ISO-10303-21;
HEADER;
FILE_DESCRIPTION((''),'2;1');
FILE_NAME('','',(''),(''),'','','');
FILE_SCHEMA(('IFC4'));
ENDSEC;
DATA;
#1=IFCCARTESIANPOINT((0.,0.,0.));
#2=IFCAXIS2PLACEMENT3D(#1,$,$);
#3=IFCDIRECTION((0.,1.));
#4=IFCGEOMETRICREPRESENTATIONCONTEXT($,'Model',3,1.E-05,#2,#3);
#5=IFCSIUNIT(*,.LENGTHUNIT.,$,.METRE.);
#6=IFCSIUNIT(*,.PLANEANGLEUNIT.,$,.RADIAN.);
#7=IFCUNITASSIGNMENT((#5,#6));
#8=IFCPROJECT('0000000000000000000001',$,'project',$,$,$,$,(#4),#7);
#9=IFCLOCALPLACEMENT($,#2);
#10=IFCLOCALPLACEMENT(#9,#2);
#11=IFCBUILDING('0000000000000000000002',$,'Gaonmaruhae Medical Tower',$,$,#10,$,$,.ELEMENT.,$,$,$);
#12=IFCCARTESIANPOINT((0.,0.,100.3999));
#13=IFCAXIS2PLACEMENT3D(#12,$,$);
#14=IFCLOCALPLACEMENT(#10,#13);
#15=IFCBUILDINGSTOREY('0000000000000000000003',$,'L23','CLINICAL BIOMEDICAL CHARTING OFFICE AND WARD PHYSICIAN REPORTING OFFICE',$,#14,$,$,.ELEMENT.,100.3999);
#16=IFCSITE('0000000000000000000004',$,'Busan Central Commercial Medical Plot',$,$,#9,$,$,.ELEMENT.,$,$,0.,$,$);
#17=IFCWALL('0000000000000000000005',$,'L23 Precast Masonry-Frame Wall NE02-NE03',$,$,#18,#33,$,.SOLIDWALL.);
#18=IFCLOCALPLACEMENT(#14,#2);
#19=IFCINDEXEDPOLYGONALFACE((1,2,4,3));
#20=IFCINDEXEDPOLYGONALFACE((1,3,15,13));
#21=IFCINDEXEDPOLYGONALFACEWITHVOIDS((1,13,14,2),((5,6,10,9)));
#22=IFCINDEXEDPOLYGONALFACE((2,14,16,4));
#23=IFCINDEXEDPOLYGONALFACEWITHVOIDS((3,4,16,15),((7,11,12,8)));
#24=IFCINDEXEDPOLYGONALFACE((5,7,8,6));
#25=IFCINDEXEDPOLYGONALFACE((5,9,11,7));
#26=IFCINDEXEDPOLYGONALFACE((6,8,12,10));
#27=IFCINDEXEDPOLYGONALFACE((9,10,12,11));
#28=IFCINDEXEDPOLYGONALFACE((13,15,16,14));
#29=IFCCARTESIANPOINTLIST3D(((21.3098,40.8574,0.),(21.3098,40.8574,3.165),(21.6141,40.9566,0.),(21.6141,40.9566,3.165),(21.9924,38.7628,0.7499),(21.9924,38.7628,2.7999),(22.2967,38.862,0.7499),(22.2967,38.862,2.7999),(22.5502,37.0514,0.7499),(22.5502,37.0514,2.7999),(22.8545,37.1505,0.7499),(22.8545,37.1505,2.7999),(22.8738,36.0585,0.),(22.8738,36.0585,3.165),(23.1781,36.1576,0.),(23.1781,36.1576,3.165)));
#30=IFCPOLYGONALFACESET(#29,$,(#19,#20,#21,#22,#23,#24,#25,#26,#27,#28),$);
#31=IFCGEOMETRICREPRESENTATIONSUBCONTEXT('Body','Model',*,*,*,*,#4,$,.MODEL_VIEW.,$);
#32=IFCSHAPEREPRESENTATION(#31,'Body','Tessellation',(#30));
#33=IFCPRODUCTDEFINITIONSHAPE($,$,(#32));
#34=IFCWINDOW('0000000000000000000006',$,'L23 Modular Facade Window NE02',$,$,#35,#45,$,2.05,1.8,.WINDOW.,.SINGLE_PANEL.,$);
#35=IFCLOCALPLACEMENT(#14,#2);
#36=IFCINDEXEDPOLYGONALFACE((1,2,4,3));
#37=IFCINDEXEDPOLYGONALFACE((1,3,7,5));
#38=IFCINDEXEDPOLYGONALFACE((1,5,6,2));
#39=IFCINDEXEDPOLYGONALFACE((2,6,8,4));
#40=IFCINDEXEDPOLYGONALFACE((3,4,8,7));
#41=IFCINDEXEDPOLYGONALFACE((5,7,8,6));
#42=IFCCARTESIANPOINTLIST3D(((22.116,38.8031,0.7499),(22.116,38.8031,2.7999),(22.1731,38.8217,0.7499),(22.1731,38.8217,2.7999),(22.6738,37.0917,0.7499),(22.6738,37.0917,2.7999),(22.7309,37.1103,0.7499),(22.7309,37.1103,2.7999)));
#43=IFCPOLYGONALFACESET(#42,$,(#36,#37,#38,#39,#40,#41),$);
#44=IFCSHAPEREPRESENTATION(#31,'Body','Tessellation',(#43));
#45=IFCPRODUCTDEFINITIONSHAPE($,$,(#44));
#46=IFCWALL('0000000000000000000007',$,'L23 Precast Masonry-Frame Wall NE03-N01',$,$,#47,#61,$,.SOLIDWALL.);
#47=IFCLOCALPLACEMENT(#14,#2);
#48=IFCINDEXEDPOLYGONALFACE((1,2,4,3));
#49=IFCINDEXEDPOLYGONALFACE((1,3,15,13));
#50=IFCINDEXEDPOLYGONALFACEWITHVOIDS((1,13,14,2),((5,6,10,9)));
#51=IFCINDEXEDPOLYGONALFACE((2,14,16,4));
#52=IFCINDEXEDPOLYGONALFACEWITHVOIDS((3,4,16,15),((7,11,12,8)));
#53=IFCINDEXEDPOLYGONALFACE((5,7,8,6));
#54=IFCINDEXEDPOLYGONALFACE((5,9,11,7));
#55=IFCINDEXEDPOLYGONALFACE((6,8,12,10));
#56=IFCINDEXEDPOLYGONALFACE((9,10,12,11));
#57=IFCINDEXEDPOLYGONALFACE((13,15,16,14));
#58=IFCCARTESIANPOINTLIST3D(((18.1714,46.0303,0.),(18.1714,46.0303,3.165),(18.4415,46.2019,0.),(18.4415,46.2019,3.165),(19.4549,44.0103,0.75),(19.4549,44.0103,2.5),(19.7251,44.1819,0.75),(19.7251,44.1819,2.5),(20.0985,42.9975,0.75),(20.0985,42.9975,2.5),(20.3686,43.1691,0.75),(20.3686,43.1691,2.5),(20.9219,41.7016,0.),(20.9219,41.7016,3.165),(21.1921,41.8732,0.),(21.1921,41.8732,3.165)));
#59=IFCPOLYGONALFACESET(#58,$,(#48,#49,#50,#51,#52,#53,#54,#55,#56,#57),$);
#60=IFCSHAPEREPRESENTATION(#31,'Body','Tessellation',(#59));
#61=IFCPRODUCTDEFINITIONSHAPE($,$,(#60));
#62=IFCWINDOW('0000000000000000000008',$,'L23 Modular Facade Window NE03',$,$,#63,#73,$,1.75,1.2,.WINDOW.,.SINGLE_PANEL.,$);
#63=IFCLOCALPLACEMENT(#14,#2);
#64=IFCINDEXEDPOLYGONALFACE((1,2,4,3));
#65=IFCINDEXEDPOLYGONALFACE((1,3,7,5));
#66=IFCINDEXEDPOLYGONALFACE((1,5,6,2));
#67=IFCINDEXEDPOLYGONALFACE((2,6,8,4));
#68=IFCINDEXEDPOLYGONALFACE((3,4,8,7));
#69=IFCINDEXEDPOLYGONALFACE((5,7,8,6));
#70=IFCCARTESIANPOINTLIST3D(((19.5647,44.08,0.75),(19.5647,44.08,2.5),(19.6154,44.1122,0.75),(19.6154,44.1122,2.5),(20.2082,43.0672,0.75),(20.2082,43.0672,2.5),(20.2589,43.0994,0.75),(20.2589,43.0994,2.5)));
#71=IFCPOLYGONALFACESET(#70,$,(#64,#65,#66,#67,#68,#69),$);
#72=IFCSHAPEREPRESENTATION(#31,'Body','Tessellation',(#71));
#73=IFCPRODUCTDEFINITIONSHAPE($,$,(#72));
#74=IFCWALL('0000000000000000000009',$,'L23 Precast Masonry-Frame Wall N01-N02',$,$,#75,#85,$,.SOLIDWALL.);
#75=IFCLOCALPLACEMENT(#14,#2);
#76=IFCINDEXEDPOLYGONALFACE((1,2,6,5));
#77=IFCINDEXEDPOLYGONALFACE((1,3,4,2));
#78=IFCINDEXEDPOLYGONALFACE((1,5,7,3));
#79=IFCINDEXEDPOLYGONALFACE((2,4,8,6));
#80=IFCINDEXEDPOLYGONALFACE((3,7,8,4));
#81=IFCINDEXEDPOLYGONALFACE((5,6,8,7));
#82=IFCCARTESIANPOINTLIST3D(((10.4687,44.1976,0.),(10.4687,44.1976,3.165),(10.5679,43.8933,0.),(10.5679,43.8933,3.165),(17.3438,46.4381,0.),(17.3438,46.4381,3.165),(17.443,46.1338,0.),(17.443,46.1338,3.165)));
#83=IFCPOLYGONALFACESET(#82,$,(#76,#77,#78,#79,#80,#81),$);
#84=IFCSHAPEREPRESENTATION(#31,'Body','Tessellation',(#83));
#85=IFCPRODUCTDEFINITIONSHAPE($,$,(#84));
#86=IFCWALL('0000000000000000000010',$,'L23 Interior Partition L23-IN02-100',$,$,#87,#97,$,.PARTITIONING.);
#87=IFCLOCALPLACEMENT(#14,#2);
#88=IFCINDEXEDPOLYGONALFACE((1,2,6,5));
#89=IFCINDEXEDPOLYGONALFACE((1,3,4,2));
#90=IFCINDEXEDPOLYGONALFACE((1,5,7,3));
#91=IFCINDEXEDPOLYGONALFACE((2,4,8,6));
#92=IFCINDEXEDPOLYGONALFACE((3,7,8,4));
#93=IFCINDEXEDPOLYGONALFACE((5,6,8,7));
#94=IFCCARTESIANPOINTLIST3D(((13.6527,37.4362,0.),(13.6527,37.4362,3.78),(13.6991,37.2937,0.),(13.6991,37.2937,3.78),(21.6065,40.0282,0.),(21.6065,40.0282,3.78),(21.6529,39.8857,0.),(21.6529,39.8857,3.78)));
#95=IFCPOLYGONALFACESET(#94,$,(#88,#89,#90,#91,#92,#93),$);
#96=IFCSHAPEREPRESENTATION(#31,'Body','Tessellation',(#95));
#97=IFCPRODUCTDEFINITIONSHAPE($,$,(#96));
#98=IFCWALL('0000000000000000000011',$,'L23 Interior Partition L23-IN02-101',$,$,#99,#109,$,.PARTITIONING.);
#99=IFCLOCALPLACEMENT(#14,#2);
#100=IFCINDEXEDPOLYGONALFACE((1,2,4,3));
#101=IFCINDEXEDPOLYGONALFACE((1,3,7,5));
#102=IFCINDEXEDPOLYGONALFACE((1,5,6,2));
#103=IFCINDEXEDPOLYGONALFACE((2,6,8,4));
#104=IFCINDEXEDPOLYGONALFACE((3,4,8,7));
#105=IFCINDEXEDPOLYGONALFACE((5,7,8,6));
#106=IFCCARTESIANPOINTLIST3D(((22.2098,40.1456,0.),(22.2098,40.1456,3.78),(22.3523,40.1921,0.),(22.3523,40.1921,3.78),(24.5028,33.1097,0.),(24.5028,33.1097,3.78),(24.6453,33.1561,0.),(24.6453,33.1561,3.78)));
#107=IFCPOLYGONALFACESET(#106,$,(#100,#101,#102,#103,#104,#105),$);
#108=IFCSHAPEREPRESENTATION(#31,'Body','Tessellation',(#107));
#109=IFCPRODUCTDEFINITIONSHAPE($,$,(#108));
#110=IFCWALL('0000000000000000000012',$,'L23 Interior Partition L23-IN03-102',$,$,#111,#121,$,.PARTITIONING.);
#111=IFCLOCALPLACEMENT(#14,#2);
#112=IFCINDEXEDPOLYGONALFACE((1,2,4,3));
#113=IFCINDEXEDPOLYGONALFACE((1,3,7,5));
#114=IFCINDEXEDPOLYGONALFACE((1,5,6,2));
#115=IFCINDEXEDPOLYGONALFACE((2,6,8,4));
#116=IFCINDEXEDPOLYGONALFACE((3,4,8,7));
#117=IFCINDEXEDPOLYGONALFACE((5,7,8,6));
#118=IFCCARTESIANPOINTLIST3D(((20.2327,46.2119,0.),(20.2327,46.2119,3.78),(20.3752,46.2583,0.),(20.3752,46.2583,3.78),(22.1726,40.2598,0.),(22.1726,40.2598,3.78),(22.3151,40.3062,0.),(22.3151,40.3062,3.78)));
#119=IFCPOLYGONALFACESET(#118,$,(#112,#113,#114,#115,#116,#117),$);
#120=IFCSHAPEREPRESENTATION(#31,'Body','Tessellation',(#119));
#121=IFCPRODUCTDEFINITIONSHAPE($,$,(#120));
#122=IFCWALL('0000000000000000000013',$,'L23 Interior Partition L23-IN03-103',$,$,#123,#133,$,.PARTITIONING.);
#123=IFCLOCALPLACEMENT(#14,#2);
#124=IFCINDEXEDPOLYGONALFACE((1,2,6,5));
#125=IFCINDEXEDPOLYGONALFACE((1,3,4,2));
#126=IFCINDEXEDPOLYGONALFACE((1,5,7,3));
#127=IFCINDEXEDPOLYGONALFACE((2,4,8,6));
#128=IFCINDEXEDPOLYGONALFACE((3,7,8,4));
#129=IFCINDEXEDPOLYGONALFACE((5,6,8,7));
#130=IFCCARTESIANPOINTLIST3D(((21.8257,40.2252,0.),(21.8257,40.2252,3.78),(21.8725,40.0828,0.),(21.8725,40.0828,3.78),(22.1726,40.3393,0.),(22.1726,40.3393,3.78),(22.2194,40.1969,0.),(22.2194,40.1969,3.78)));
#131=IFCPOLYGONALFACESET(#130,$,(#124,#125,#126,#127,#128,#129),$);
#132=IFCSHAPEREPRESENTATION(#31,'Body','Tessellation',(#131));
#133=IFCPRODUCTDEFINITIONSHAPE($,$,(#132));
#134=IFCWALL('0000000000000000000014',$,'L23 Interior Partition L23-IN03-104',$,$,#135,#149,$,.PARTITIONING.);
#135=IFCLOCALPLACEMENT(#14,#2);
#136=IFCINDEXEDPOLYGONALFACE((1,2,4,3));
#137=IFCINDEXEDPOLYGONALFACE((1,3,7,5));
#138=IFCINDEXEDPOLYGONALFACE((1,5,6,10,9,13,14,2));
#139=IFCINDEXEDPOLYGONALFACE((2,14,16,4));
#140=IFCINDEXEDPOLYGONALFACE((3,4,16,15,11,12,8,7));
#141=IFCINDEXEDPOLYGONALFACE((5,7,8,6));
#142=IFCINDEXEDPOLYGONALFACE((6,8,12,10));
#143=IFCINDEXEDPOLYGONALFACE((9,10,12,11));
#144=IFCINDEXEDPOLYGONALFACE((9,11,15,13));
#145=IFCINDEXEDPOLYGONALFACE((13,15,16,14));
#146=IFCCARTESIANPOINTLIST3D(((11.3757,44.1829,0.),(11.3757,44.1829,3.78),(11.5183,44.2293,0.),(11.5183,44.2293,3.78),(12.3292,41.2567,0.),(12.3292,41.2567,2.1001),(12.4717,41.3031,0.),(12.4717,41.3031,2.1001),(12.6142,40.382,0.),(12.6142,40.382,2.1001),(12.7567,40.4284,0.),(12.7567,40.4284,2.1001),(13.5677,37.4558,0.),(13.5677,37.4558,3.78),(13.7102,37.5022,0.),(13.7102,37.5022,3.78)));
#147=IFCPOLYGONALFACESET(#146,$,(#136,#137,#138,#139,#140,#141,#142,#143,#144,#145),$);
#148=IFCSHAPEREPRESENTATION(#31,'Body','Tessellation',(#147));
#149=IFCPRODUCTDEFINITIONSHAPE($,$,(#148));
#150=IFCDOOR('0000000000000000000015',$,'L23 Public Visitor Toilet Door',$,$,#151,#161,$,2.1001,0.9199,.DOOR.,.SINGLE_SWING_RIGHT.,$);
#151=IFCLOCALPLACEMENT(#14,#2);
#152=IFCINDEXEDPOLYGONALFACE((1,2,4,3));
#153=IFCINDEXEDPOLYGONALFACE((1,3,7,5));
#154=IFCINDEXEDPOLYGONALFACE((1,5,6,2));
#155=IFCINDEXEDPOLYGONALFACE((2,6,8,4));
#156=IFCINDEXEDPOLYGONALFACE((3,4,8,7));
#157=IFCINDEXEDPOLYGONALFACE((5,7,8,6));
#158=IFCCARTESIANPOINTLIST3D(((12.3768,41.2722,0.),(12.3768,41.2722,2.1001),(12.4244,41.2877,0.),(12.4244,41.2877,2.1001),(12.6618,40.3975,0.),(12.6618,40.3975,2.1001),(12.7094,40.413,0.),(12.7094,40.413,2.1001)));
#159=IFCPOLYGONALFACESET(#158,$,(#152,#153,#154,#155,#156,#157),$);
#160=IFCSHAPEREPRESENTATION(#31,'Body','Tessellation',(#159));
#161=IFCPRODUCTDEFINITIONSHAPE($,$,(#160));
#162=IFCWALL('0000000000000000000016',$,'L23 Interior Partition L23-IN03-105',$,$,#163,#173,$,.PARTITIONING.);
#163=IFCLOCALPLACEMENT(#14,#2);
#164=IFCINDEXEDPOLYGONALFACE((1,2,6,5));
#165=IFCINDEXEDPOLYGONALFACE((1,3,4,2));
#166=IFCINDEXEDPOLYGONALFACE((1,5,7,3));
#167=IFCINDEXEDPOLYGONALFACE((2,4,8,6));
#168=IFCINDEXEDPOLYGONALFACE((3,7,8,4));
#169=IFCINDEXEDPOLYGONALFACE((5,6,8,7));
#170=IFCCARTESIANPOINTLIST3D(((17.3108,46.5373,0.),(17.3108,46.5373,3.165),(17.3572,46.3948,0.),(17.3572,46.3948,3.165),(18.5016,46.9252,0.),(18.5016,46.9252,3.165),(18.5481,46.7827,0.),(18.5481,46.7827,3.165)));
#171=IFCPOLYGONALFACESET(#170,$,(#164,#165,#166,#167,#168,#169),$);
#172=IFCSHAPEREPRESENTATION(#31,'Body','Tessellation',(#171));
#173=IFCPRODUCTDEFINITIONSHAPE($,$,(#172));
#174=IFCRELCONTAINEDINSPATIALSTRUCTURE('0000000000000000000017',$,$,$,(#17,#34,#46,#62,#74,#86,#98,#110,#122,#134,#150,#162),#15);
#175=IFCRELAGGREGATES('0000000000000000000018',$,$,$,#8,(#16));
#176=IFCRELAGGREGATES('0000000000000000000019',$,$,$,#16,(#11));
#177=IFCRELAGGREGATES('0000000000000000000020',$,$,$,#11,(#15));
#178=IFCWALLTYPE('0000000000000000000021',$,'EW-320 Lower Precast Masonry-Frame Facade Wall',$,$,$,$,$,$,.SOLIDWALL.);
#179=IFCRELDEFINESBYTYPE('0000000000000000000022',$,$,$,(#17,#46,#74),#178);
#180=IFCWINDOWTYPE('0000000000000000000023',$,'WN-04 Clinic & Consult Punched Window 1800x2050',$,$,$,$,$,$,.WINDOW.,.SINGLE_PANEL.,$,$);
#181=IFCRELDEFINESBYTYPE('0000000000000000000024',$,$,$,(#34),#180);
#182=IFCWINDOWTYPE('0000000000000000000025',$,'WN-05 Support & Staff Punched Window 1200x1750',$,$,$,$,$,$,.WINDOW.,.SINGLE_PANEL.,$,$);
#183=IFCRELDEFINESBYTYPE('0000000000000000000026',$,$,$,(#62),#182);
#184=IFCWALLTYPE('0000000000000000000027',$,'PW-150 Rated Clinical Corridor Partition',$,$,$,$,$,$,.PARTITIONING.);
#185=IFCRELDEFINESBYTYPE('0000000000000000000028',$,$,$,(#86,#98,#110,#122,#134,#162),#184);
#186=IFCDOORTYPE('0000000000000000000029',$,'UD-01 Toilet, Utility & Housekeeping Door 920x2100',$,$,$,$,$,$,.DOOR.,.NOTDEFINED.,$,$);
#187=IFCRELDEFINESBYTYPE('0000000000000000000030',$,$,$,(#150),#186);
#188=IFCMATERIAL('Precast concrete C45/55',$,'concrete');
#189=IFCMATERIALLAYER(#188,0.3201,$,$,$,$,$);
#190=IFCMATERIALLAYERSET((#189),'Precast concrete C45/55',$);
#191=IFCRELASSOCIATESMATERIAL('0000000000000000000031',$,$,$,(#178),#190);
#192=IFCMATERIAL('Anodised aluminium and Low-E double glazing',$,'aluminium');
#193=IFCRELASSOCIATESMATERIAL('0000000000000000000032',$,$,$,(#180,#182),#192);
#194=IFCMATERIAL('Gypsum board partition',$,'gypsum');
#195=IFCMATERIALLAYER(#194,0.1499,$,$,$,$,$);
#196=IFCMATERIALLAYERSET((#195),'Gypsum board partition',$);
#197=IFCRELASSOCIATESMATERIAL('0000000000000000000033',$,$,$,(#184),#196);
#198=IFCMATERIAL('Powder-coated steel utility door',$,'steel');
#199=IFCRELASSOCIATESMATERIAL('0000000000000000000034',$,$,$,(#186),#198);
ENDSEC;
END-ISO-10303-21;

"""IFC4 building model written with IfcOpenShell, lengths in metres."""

from ifc_helpers import new_model, si_unit, direction, frame, frame_2d, origin, place, context, subcontext, project, spatial, rectangle, extrude, material, layer, layer_set, type_object, element, fill, save


model = new_model("IFC4")

# Units and contexts
model_context = context("Model", 3, precision=1e-05, world=origin(), true_north=direction((0.0, 1.0)))
body_context = subcontext(model_context, "Body", "Model", "MODEL_VIEW")
ifc_project = project(units=[si_unit("LENGTHUNIT", "METRE"), si_unit("PLANEANGLEUNIT", "RADIAN")], contexts=[model_context])

# Site, building, storey
site_placement = place(None, origin())
site = spatial("IfcSite", under=ifc_project, at=site_placement, Name="Busan Central Commercial Medical Plot", CompositionType="ELEMENT", RefElevation=0.0)
building_placement = place(site_placement, origin())
building = spatial("IfcBuilding", under=site, at=building_placement, Name="Gaonmaruhae Medical Tower", CompositionType="ELEMENT")
storey_placement = place(building_placement, frame((0.0, 0.0, 100.3999)))
storey = spatial("IfcBuildingStorey", under=building, at=storey_placement, Name="L23", Description="CLINICAL BIOMEDICAL CHARTING OFFICE AND WARD PHYSICIAN REPORTING OFFICE", CompositionType="ELEMENT", Elevation=100.3999)

# Walls, openings, windows
ifc_material_1 = material(Name="Precast concrete C45/55", Category="concrete")
ifc_layer_1 = layer(ifc_material_1, 0.3201)
ifc_layer_set_1 = layer_set([ifc_layer_1], Name="Precast concrete C45/55")
wall_type_1 = type_object("IfcWallType", Name="EW-320 Lower Precast Masonry-Frame Facade Wall", PredefinedType="SOLIDWALL", material=ifc_layer_set_1)
wall_1_placement = place(storey_placement, frame((21.4619, 40.907, 0.0), z_axis=(0.0, 0.0, 1.0), x_axis=(0.309865, -0.950781, 0.0)))
wall_1 = element("IfcWall", 1, at=wall_1_placement, inside=storey, type_object=wall_type_1, Name="L23 Precast Masonry-Frame Wall NE02-NE03", PredefinedType="SOLIDWALL", context=body_context, shape_type="SweptSolid", body=[
    extrude(rectangle(XDim=5.0474, YDim=0.3201, at=frame_2d((2.5237, 0.0))), origin(), (0.0, 0.0, 1.0), 3.165),
])
opening_1_placement = place(wall_1_placement, frame((2.2031, 0.0, 0.75)))
opening_1 = element("IfcOpeningElement", 2, at=opening_1_placement, cuts=wall_1, PredefinedType="OPENING", context=body_context, shape_type="SweptSolid", body=[
    extrude(rectangle(XDim=1.8, YDim=2.05, at=frame_2d((0.8999, 1.0249))), frame((0.0, 0.1699, 0.0), z_axis=(0.0, -1.0, 0.0), x_axis=(1.0, 0.0, 0.0)), (0.0, 0.0, 1.0), 0.3401),
])
ifc_material_2 = material(Name="Anodised aluminium and Low-E double glazing", Category="aluminium")
window_type_1 = type_object("IfcWindowType", Name="WN-04 Clinic & Consult Punched Window 1800x2050", PartitioningType="SINGLE_PANEL", PredefinedType="WINDOW", material=ifc_material_2)
window_1_placement = place(opening_1_placement, origin())
window_1 = element("IfcWindow", 3, at=window_1_placement, inside=storey, type_object=window_type_1, Name="L23 Modular Facade Window NE02", OverallHeight=2.05, OverallWidth=1.8, PartitioningType="SINGLE_PANEL", PredefinedType="WINDOW", context=body_context, shape_type="SweptSolid", body=[
    extrude(rectangle(XDim=1.8, YDim=2.05, at=frame_2d((0.8999, 1.0249))), frame((0.0, 0.03, 0.0), z_axis=(0.0, -1.0, 0.0), x_axis=(1.0, 0.0, 0.0)), (0.0, 0.0, 1.0), 0.0601),
])
fill(opening_1, window_1)
wall_2_placement = place(storey_placement, frame((18.3064, 46.1162, 0.0), z_axis=(0.0, 0.0, 1.0), x_axis=(0.536309, -0.844022, 0.0)))
wall_2 = element("IfcWall", 4, at=wall_2_placement, inside=storey, type_object=wall_type_1, Name="L23 Precast Masonry-Frame Wall NE03-N01", PredefinedType="SOLIDWALL", context=body_context, shape_type="SweptSolid", body=[
    extrude(rectangle(XDim=5.1287, YDim=0.3201, at=frame_2d((2.5645, 0.0))), origin(), (0.0, 0.0, 1.0), 3.165),
])
opening_2_placement = place(wall_2_placement, frame((2.3933, 0.0, 0.75)))
opening_2 = element("IfcOpeningElement", 5, at=opening_2_placement, cuts=wall_2, PredefinedType="OPENING", context=body_context, shape_type="SweptSolid", body=[
    extrude(rectangle(XDim=1.2, YDim=1.75, at=frame_2d((0.6001, 0.875))), frame((0.0, 0.1699, 0.0), z_axis=(0.0, -1.0, 0.0), x_axis=(1.0, 0.0, 0.0)), (0.0, 0.0, 1.0), 0.3401),
])
window_type_2 = type_object("IfcWindowType", Name="WN-05 Support & Staff Punched Window 1200x1750", PartitioningType="SINGLE_PANEL", PredefinedType="WINDOW", material=ifc_material_2)
window_2_placement = place(opening_2_placement, origin())
window_2 = element("IfcWindow", 6, at=window_2_placement, inside=storey, type_object=window_type_2, Name="L23 Modular Facade Window NE03", OverallHeight=1.75, OverallWidth=1.2, PartitioningType="SINGLE_PANEL", PredefinedType="WINDOW", context=body_context, shape_type="SweptSolid", body=[
    extrude(rectangle(XDim=1.2, YDim=1.75, at=frame_2d((0.6001, 0.875))), frame((0.0, 0.03, 0.0), z_axis=(0.0, -1.0, 0.0), x_axis=(1.0, 0.0, 0.0)), (0.0, 0.0, 1.0), 0.0601),
])
fill(opening_2, window_2)

# Walls
wall_3_placement = place(storey_placement, frame((10.5183, 44.0454, 0.0), z_axis=(0.0, 0.0, 1.0), x_axis=(0.950786, 0.309849, 0.0)))
element("IfcWall", 7, at=wall_3_placement, inside=storey, type_object=wall_type_1, Name="L23 Precast Masonry-Frame Wall N01-N02", PredefinedType="SOLIDWALL", context=body_context, shape_type="SweptSolid", body=[
    extrude(rectangle(XDim=7.231, YDim=0.3201, at=frame_2d((3.6155, 0.0))), origin(), (0.0, 0.0, 1.0), 3.165),
])
ifc_material_3 = material(Name="Gypsum board partition", Category="gypsum")
ifc_layer_2 = layer(ifc_material_3, 0.1499)
ifc_layer_set_2 = layer_set([ifc_layer_2], Name="Gypsum board partition")
wall_type_2 = type_object("IfcWallType", Name="PW-150 Rated Clinical Corridor Partition", PredefinedType="PARTITIONING", material=ifc_layer_set_2)
wall_4_placement = place(storey_placement, frame((13.676, 37.365, 0.0), z_axis=(0.0, 0.0, 1.0), x_axis=(0.950786, 0.309847, 0.0)))
element("IfcWall", 8, at=wall_4_placement, inside=storey, type_object=wall_type_2, Name="L23 Interior Partition L23-IN02-100", PredefinedType="PARTITIONING", context=body_context, shape_type="SweptSolid", body=[
    extrude(rectangle(XDim=8.3655, YDim=0.1499, at=frame_2d((4.1826, 0.0))), origin(), (0.0, 0.0, 1.0), 3.78),
])
wall_5_placement = place(storey_placement, frame((22.281, 40.1689, 0.0), z_axis=(0.0, 0.0, 1.0), x_axis=(0.309857, -0.950783, 0.0)))
element("IfcWall", 9, at=wall_5_placement, inside=storey, type_object=wall_type_2, Name="L23 Interior Partition L23-IN02-101", PredefinedType="PARTITIONING", context=body_context, shape_type="SweptSolid", body=[
    extrude(rectangle(XDim=7.4001, YDim=0.1499, at=frame_2d((3.7002, 0.0))), origin(), (0.0, 0.0, 1.0), 3.78),
])
wall_6_placement = place(storey_placement, frame((20.304, 46.2351, 0.0), z_axis=(0.0, 0.0, 1.0), x_axis=(0.30988, -0.950776, 0.0)))
element("IfcWall", 10, at=wall_6_placement, inside=storey, type_object=wall_type_2, Name="L23 Interior Partition L23-IN03-102", PredefinedType="PARTITIONING", context=body_context, shape_type="SweptSolid", body=[
    extrude(rectangle(XDim=6.2603, YDim=0.1499, at=frame_2d((3.1301, 0.0))), origin(), (0.0, 0.0, 1.0), 3.78),
])
wall_7_placement = place(storey_placement, frame((22.196, 40.2681, 0.0), z_axis=(0.0, 0.0, 1.0), x_axis=(-0.950012, -0.312214, 0.0)))
element("IfcWall", 11, at=wall_7_placement, inside=storey, type_object=wall_type_2, Name="L23 Interior Partition L23-IN03-103", PredefinedType="PARTITIONING", context=body_context, shape_type="SweptSolid", body=[
    extrude(rectangle(XDim=0.3652, YDim=0.1499, at=frame_2d((0.1826, 0.0))), origin(), (0.0, 0.0, 1.0), 3.78),
])

# Wall, opening, door
wall_8_placement = place(storey_placement, frame((13.6389, 37.479, 0.0), z_axis=(0.0, 0.0, 1.0), x_axis=(-0.309802, 0.950801, 0.0)))
wall_8 = element("IfcWall", 12, at=wall_8_placement, inside=storey, type_object=wall_type_2, Name="L23 Interior Partition L23-IN03-104", PredefinedType="PARTITIONING", context=body_context, shape_type="SweptSolid", body=[
    extrude(rectangle(XDim=7.0752, YDim=0.1499, at=frame_2d((3.5376, 0.0))), origin(), (0.0, 0.0, 1.0), 3.78),
])
opening_3_placement = place(wall_8_placement, frame((3.0776, 0.0, 0.0)))
opening_3 = element("IfcOpeningElement", 13, at=opening_3_placement, cuts=wall_8, PredefinedType="OPENING", context=body_context, shape_type="SweptSolid", body=[
    extrude(rectangle(XDim=0.9199, YDim=2.1001, at=frame_2d((0.46, 1.05))), frame((0.0, 0.085, 0.0), z_axis=(0.0, -1.0, 0.0), x_axis=(1.0, 0.0, 0.0)), (0.0, 0.0, 1.0), 0.1699),
])
ifc_material_4 = material(Name="Powder-coated steel utility door", Category="steel")
door_type = type_object("IfcDoorType", Name="UD-01 Toilet, Utility & Housekeeping Door 920x2100", OperationType="NOTDEFINED", PredefinedType="DOOR", material=ifc_material_4)
door_placement = place(opening_3_placement, origin())
door = element("IfcDoor", 14, at=door_placement, inside=storey, type_object=door_type, Name="L23 Public Visitor Toilet Door", OperationType="SINGLE_SWING_RIGHT", OverallHeight=2.1001, OverallWidth=0.9199, PredefinedType="DOOR", context=body_context, shape_type="SweptSolid", body=[
    extrude(rectangle(XDim=0.9199, YDim=2.1001, at=frame_2d((0.46, 1.05))), frame((0.0, 0.0249, 0.0), z_axis=(0.0, -1.0, 0.0), x_axis=(1.0, 0.0, 0.0)), (0.0, 0.0, 1.0), 0.05),
])
fill(opening_3, door)

# Wall
wall_9_placement = place(storey_placement, frame((17.334, 46.4661, 0.0), z_axis=(0.0, 0.0, 1.0), x_axis=(0.950825, 0.309729, 0.0)))
element("IfcWall", 15, at=wall_9_placement, inside=storey, type_object=wall_type_2, Name="L23 Interior Partition L23-IN03-105", PredefinedType="PARTITIONING", context=body_context, shape_type="SweptSolid", body=[
    extrude(rectangle(XDim=1.2524, YDim=0.1499, at=frame_2d((0.6262, 0.0))), origin(), (0.0, 0.0, 1.0), 3.165),
])

save(model, "model.ifc")
